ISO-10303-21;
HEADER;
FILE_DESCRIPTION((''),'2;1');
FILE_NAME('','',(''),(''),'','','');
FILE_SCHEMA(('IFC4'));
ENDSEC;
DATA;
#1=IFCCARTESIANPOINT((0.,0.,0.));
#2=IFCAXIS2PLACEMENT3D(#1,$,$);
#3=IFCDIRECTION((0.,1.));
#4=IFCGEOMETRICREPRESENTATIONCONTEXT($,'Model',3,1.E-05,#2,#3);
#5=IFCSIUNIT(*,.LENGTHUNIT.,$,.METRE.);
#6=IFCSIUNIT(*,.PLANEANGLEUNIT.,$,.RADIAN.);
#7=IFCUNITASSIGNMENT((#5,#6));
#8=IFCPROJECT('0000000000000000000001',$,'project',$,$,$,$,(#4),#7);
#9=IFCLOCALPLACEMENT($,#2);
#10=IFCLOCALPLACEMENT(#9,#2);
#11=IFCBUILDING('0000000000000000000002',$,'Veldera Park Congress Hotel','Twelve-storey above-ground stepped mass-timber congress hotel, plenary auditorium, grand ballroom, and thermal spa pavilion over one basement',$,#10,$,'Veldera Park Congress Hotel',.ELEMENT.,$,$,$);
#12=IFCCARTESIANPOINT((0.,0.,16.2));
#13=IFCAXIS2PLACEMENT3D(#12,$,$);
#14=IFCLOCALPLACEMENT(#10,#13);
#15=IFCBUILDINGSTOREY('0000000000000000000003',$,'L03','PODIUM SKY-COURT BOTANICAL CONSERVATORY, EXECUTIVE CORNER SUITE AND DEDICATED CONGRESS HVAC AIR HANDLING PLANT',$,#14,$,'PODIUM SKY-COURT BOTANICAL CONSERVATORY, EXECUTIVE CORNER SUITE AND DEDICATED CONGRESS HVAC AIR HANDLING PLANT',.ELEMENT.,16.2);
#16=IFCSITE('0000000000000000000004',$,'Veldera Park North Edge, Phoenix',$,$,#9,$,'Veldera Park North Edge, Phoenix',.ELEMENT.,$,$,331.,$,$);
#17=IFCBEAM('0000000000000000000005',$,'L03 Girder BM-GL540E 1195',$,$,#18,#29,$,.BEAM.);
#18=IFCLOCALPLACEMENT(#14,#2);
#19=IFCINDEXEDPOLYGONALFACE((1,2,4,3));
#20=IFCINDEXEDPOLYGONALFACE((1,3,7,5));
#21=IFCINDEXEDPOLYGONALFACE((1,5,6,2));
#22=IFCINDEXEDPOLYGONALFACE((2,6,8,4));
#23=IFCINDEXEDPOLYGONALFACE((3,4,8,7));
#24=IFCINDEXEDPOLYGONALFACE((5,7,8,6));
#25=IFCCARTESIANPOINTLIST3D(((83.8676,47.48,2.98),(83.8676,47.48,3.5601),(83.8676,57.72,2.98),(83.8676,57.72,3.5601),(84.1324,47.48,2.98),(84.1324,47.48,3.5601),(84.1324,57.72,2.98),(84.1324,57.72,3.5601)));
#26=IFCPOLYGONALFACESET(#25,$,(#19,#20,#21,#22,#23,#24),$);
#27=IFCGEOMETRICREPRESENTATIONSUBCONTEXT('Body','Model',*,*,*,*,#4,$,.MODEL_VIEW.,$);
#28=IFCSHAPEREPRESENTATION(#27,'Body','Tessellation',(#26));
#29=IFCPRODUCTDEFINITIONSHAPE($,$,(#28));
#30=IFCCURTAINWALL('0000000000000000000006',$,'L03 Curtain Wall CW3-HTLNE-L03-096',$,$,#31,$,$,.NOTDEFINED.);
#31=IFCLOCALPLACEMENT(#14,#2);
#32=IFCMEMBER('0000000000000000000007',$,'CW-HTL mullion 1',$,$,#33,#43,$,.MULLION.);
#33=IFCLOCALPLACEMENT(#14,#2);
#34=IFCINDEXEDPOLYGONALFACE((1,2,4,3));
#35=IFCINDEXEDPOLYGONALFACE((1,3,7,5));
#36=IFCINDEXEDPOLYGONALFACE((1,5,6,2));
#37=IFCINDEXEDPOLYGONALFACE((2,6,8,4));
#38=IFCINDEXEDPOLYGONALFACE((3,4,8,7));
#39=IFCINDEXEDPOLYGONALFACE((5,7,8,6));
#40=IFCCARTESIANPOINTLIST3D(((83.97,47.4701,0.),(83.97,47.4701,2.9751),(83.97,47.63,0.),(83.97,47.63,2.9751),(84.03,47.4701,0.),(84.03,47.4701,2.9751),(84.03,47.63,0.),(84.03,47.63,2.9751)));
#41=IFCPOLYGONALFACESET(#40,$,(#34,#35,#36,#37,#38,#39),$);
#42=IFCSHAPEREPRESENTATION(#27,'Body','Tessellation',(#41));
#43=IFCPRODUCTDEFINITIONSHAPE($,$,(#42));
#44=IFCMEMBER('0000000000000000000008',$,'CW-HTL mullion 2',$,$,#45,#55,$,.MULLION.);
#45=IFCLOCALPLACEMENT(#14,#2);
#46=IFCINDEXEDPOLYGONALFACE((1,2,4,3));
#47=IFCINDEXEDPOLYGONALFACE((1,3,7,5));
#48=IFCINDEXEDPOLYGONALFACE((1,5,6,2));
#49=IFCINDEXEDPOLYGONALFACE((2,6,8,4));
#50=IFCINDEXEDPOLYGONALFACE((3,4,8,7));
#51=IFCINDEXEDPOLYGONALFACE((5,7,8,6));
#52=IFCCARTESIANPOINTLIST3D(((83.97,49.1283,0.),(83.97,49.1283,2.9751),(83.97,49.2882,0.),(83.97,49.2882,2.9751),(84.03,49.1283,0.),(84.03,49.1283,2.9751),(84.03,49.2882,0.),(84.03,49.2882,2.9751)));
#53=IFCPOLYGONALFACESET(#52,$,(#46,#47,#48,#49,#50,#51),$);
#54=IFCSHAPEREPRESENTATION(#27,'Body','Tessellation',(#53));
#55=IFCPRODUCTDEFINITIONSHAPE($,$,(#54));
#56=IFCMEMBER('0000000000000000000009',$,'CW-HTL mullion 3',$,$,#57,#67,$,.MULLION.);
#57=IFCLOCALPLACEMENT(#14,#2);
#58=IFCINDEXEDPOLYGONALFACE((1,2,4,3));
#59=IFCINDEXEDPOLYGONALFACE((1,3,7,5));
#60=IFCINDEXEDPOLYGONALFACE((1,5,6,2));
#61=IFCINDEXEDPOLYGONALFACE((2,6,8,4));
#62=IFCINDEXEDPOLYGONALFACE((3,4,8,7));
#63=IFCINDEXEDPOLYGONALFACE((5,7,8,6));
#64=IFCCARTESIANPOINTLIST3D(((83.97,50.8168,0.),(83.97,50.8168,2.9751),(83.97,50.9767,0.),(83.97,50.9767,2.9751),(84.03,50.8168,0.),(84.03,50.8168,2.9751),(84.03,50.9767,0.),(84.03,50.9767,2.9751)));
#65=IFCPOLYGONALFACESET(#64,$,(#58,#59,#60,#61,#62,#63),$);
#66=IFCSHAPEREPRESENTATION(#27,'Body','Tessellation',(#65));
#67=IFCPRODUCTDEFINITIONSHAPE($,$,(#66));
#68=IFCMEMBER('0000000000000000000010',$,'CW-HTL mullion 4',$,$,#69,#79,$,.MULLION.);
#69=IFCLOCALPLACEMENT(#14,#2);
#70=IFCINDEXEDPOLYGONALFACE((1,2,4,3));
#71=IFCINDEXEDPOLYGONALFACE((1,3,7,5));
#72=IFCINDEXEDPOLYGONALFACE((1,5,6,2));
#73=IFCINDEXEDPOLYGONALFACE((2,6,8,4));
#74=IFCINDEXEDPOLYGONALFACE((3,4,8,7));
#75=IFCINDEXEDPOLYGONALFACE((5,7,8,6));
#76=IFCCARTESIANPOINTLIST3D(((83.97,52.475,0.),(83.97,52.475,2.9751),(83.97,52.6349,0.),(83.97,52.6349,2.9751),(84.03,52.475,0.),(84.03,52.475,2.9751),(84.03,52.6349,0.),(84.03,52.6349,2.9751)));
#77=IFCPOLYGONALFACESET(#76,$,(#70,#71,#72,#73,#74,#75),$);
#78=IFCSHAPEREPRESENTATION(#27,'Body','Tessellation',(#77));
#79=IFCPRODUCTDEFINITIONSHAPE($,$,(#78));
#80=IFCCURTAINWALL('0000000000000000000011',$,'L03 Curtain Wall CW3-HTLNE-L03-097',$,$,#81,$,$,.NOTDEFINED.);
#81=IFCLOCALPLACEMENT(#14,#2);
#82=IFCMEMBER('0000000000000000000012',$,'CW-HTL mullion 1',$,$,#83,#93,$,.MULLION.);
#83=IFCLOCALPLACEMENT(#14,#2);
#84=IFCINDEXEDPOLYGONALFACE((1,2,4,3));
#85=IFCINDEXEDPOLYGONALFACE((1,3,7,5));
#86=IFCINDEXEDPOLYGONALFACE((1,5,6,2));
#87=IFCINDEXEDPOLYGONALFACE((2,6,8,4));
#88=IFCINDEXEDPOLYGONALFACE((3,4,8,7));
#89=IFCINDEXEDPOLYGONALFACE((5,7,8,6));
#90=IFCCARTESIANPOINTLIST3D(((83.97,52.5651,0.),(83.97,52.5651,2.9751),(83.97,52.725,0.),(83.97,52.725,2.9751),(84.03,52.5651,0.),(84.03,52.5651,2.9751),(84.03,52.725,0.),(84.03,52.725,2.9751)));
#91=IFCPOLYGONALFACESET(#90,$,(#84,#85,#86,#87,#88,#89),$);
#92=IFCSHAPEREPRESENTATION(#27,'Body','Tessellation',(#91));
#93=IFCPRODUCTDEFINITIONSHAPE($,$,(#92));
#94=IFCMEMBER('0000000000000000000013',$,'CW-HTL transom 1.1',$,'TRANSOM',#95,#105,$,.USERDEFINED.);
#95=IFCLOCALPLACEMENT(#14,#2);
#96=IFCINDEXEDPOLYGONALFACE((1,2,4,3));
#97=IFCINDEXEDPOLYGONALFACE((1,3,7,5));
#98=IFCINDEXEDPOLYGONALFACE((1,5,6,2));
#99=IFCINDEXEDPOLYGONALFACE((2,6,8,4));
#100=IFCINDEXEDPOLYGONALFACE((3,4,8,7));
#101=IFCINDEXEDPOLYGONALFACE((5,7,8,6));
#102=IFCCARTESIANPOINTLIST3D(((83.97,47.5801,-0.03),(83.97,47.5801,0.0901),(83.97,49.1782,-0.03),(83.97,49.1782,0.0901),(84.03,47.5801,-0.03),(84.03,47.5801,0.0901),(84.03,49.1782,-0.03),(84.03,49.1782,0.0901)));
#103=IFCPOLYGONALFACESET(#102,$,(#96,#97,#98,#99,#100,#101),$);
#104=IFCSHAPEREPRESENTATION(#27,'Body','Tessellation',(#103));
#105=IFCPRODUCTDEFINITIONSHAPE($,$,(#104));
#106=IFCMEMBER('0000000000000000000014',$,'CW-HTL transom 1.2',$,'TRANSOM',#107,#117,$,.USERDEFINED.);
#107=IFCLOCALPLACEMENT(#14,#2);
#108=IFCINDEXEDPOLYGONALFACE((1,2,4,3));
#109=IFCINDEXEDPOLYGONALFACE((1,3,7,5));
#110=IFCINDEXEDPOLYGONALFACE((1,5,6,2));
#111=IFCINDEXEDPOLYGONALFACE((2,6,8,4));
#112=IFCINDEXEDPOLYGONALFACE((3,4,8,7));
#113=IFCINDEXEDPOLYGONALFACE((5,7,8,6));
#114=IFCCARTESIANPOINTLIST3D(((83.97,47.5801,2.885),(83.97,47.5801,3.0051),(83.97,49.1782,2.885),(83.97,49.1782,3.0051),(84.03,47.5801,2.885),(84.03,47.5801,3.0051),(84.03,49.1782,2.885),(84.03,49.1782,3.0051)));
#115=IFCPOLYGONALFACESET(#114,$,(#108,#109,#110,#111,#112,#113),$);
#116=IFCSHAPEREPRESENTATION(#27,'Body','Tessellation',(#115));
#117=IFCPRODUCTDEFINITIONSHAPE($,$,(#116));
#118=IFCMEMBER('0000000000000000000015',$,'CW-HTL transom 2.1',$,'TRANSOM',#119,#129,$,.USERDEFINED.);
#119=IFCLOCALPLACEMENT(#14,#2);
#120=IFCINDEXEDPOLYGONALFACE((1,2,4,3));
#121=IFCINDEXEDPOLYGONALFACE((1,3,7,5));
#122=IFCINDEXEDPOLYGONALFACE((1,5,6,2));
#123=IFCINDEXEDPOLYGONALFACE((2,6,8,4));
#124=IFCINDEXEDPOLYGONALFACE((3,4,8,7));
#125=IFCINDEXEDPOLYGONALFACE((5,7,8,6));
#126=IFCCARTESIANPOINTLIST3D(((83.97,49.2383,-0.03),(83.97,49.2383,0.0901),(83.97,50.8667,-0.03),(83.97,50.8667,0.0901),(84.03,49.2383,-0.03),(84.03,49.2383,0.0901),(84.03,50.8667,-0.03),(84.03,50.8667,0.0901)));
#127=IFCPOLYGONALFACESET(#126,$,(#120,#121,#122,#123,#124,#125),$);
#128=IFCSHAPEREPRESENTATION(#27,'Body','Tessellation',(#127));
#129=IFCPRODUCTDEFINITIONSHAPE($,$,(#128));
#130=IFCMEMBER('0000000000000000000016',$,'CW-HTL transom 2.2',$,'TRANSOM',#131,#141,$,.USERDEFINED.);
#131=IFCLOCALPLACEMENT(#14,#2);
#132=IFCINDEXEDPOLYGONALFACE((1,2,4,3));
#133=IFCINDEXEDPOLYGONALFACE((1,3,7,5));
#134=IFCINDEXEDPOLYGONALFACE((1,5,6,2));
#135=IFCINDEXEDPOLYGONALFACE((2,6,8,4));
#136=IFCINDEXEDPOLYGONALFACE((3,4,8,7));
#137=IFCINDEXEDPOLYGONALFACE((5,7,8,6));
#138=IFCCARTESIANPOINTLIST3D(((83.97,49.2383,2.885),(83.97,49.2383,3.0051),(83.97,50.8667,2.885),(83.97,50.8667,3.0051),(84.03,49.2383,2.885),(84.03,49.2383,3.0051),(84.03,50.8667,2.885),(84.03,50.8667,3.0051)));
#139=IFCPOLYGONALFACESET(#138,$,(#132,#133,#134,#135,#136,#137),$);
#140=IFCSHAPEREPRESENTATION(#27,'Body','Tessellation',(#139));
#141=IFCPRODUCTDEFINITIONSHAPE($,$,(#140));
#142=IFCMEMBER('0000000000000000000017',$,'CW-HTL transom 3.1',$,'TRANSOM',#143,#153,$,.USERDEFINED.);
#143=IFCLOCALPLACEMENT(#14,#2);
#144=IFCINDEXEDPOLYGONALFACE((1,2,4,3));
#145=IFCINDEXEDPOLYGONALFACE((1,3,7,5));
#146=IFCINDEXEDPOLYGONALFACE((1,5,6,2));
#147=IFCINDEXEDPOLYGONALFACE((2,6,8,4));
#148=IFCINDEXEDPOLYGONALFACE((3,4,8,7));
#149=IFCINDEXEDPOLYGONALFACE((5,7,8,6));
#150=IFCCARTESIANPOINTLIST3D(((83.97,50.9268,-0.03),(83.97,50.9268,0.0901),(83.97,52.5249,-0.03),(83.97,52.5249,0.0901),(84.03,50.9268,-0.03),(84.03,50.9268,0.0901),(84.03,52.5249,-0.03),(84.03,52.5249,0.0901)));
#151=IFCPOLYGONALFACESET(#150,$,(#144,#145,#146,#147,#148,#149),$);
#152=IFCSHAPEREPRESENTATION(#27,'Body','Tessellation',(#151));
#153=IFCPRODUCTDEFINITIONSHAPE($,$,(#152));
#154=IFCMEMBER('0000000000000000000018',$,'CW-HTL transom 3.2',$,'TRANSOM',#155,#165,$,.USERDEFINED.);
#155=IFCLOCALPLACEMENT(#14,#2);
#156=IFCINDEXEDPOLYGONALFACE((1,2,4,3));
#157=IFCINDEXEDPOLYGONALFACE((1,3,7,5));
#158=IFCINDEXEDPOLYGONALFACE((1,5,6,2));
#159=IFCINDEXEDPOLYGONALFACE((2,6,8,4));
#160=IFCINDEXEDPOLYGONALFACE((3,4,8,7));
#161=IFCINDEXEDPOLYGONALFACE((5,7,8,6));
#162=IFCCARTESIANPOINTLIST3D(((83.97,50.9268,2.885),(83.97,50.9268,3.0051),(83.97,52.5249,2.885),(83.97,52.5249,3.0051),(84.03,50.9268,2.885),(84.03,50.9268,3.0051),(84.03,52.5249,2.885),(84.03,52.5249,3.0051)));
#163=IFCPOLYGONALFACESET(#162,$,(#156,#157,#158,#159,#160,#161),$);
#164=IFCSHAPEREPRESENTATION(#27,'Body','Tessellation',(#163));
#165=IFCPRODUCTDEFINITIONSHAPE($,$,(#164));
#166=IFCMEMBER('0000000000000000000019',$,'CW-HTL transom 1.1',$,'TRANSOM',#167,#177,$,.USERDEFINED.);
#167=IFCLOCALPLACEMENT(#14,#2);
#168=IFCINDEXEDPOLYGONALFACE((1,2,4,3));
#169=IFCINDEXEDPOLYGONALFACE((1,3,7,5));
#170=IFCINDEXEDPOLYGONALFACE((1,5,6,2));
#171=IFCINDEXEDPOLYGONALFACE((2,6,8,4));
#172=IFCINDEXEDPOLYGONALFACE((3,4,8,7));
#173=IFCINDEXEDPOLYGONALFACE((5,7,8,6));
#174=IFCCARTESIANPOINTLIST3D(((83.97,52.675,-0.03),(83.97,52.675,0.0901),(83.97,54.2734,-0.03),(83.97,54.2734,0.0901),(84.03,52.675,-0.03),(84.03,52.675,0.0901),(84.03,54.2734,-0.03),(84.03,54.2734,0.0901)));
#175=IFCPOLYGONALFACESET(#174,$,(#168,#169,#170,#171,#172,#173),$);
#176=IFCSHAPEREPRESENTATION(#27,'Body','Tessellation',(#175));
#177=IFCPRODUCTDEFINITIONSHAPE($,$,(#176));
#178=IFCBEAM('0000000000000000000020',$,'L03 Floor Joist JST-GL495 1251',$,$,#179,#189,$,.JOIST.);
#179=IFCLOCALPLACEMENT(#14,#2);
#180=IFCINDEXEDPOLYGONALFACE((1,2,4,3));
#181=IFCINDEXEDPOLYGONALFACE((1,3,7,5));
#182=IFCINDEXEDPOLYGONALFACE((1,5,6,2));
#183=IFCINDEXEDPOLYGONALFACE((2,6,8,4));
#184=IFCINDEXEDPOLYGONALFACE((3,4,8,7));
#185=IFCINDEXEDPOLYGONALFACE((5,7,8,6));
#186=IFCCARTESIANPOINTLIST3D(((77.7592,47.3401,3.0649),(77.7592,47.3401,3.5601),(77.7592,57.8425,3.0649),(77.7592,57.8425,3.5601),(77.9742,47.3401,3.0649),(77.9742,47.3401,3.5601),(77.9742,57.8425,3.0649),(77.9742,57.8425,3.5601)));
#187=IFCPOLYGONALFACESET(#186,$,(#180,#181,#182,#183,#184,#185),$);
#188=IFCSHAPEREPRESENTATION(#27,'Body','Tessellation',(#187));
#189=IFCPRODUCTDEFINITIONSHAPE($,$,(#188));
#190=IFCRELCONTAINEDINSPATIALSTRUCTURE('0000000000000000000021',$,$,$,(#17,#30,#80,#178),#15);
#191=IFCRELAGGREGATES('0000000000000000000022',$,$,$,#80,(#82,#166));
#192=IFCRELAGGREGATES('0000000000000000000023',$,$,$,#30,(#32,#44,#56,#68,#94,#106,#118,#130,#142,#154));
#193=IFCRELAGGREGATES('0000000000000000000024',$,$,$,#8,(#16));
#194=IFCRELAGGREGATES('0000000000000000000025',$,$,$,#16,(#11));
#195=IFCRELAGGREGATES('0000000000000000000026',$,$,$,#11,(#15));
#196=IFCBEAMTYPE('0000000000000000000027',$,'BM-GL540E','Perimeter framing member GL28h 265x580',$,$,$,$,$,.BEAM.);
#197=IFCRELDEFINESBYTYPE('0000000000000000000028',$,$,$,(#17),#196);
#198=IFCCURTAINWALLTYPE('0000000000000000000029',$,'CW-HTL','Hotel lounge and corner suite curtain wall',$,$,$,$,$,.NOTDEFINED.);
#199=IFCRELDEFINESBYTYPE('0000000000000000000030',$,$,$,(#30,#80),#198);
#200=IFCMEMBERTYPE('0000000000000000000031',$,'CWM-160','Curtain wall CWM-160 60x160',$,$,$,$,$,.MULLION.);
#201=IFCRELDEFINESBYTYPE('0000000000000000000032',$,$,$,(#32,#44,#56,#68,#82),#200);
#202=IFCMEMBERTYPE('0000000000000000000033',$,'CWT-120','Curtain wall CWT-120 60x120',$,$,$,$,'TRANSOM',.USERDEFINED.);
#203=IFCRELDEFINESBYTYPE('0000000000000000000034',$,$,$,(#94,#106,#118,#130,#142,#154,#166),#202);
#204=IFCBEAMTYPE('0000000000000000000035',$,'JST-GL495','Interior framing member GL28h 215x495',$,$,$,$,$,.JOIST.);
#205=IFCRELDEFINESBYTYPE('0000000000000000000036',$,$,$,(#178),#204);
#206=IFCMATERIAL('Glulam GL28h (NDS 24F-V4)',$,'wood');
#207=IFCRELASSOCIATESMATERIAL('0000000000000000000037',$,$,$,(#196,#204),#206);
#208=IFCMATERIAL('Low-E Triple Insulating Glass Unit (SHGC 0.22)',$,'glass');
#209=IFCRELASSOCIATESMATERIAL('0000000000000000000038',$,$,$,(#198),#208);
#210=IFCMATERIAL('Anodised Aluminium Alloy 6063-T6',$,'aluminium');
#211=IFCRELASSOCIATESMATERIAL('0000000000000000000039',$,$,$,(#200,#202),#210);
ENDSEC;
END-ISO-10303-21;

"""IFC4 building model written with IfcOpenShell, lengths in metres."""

from ifc_helpers import new_model, si_unit, direction, frame, origin, origin_2d, place, context, subcontext, project, spatial, rectangle, extrude, material, material_profile, profile_set, type_object, element, aggregate, save


model = new_model("IFC4")

# Units and contexts
model_context = context("Model", 3, precision=1e-05, world=origin(), true_north=direction((0.0, 1.0)))
body_context = subcontext(model_context, "Body", "Model", "MODEL_VIEW")
ifc_project = project(units=[si_unit("LENGTHUNIT", "METRE"), si_unit("PLANEANGLEUNIT", "RADIAN")], contexts=[model_context])

# Site, building, storey
site_placement = place(None, origin())
site = spatial("IfcSite", under=ifc_project, at=site_placement, Name="Veldera Park North Edge, Phoenix", LongName="Veldera Park North Edge, Phoenix", CompositionType="ELEMENT", RefElevation=331.0)
building_placement = place(site_placement, origin())
building = spatial("IfcBuilding", under=site, at=building_placement, Name="Veldera Park Congress Hotel", Description="Twelve-storey above-ground stepped mass-timber congress hotel, plenary auditorium, grand ballroom, and thermal spa pavilion over one basement", LongName="Veldera Park Congress Hotel", CompositionType="ELEMENT")
storey_placement = place(building_placement, frame((0.0, 0.0, 16.2)))
storey = spatial("IfcBuildingStorey", under=building, at=storey_placement, Name="L03", Description="PODIUM SKY-COURT BOTANICAL CONSERVATORY, EXECUTIVE CORNER SUITE AND DEDICATED CONGRESS HVAC AIR HANDLING PLANT", LongName="PODIUM SKY-COURT BOTANICAL CONSERVATORY, EXECUTIVE CORNER SUITE AND DEDICATED CONGRESS HVAC AIR HANDLING PLANT", CompositionType="ELEMENT", Elevation=16.2)

# Beam
ifc_material_1 = material(Name="Glulam GL28h (NDS 24F-V4)", Category="wood")
ifc_material_profile_1 = material_profile(ifc_material_1, rectangle(XDim=0.2649, YDim=0.5801, at=origin_2d()), Name="GL28h 265x580")
ifc_profile_set_1 = profile_set([ifc_material_profile_1], Name="Glulam GL28h (NDS 24F-V4)")
beam_type_1 = type_object("IfcBeamType", Name="BM-GL540E", Description="Perimeter framing member GL28h 265x580", PredefinedType="BEAM", material=ifc_profile_set_1)
beam_placement = place(storey_placement, frame((84.0, 47.48, 3.27), z_axis=(0.0, 1.0, 0.0), x_axis=(-1.0, 0.0, 0.0)))
element("IfcBeam", 1, at=beam_placement, inside=storey, type_object=beam_type_1, Name="L03 Girder BM-GL540E 1195", PredefinedType="BEAM", context=body_context, shape_type="SweptSolid", body=[
    extrude(rectangle(XDim=0.2649, YDim=0.5801, at=origin_2d()), origin(), (0.0, 0.0, 1.0), 10.24),
])

# Curtain wall, members
ifc_material_2 = material(Name="Low-E Triple Insulating Glass Unit (SHGC 0.22)", Category="glass")
curtain_wall_type = type_object("IfcCurtainWallType", Name="CW-HTL", Description="Hotel lounge and corner suite curtain wall", PredefinedType="NOTDEFINED", material=ifc_material_2)
curtain_wall_1_placement = place(storey_placement, origin())
curtain_wall_1 = element("IfcCurtainWall", 2, at=curtain_wall_1_placement, inside=storey, type_object=curtain_wall_type, Name="L03 Curtain Wall CW3-HTLNE-L03-096", PredefinedType="NOTDEFINED")
ifc_material_3 = material(Name="Anodised Aluminium Alloy 6063-T6", Category="aluminium")
ifc_material_profile_2 = material_profile(ifc_material_3, rectangle(XDim=0.0601, YDim=0.1599, at=origin_2d()), Name="ALU 60x160")
ifc_profile_set_2 = profile_set([ifc_material_profile_2], Name="Anodised Aluminium Alloy 6063-T6")
member_type_1 = type_object("IfcMemberType", Name="CWM-160", Description="Curtain wall CWM-160 60x160", PredefinedType="MULLION", material=ifc_profile_set_2)
member_1_placement = place(storey_placement, frame((84.0, 47.55, 0.0), z_axis=(0.0, 0.0, 1.0), x_axis=(-1.0, 0.0, 0.0)))
member_1 = element("IfcMember", 3, at=member_1_placement, type_object=member_type_1, Name="CW-HTL mullion 1", PredefinedType="MULLION", context=body_context, shape_type="SweptSolid", body=[
    extrude(rectangle(XDim=0.0601, YDim=0.1599, at=origin_2d()), origin(), (0.0, 0.0, 1.0), 2.9751),
])
member_2_placement = place(storey_placement, frame((84.0, 49.2083, 0.0), z_axis=(0.0, 0.0, 1.0), x_axis=(-1.0, 0.0, 0.0)))
member_2 = element("IfcMember", 4, at=member_2_placement, type_object=member_type_1, Name="CW-HTL mullion 2", PredefinedType="MULLION", context=body_context, shape_type="SweptSolid", body=[
    extrude(rectangle(XDim=0.0601, YDim=0.1599, at=origin_2d()), origin(), (0.0, 0.0, 1.0), 2.9751),
])
member_3_placement = place(storey_placement, frame((84.0, 50.8967, 0.0), z_axis=(0.0, 0.0, 1.0), x_axis=(-1.0, 0.0, 0.0)))
member_3 = element("IfcMember", 5, at=member_3_placement, type_object=member_type_1, Name="CW-HTL mullion 3", PredefinedType="MULLION", context=body_context, shape_type="SweptSolid", body=[
    extrude(rectangle(XDim=0.0601, YDim=0.1599, at=origin_2d()), origin(), (0.0, 0.0, 1.0), 2.9751),
])
member_4_placement = place(storey_placement, frame((84.0, 52.5549, 0.0), z_axis=(0.0, 0.0, 1.0), x_axis=(-1.0, 0.0, 0.0)))
member_4 = element("IfcMember", 6, at=member_4_placement, type_object=member_type_1, Name="CW-HTL mullion 4", PredefinedType="MULLION", context=body_context, shape_type="SweptSolid", body=[
    extrude(rectangle(XDim=0.0601, YDim=0.1599, at=origin_2d()), origin(), (0.0, 0.0, 1.0), 2.9751),
])

# Curtain wall, member
curtain_wall_2_placement = place(storey_placement, origin())
curtain_wall_2 = element("IfcCurtainWall", 7, at=curtain_wall_2_placement, inside=storey, type_object=curtain_wall_type, Name="L03 Curtain Wall CW3-HTLNE-L03-097", PredefinedType="NOTDEFINED")
member_5_placement = place(storey_placement, frame((84.0, 52.645, 0.0), z_axis=(0.0, 0.0, 1.0), x_axis=(-1.0, 0.0, 0.0)))
member_5 = element("IfcMember", 8, at=member_5_placement, type_object=member_type_1, Name="CW-HTL mullion 1", PredefinedType="MULLION", context=body_context, shape_type="SweptSolid", body=[
    extrude(rectangle(XDim=0.0601, YDim=0.1599, at=origin_2d()), origin(), (0.0, 0.0, 1.0), 2.9751),
])

# Members
ifc_material_profile_3 = material_profile(ifc_material_3, rectangle(XDim=0.0601, YDim=0.1201, at=origin_2d()), Name="ALU 60x120")
ifc_profile_set_3 = profile_set([ifc_material_profile_3], Name="Anodised Aluminium Alloy 6063-T6")
member_type_2 = type_object("IfcMemberType", Name="CWT-120", Description="Curtain wall CWT-120 60x120", ElementType="TRANSOM", PredefinedType="USERDEFINED", material=ifc_profile_set_3)
member_6_placement = place(storey_placement, frame((84.0, 47.5801, 0.03), z_axis=(0.0, 1.0, 0.0), x_axis=(-1.0, 0.0, 0.0)))
member_6 = element("IfcMember", 9, at=member_6_placement, type_object=member_type_2, Name="CW-HTL transom 1.1", ObjectType="TRANSOM", PredefinedType="USERDEFINED", context=body_context, shape_type="SweptSolid", body=[
    extrude(rectangle(XDim=0.0601, YDim=0.1201, at=origin_2d()), origin(), (0.0, 0.0, 1.0), 1.5981),
])
member_7_placement = place(storey_placement, frame((84.0, 47.5801, 2.9451), z_axis=(0.0, 1.0, 0.0), x_axis=(-1.0, 0.0, 0.0)))
member_7 = element("IfcMember", 10, at=member_7_placement, type_object=member_type_2, Name="CW-HTL transom 1.2", ObjectType="TRANSOM", PredefinedType="USERDEFINED", context=body_context, shape_type="SweptSolid", body=[
    extrude(rectangle(XDim=0.0601, YDim=0.1201, at=origin_2d()), origin(), (0.0, 0.0, 1.0), 1.5981),
])
member_8_placement = place(storey_placement, frame((84.0, 49.2383, 0.03), z_axis=(0.0, 1.0, 0.0), x_axis=(-1.0, 0.0, 0.0)))
member_8 = element("IfcMember", 11, at=member_8_placement, type_object=member_type_2, Name="CW-HTL transom 2.1", ObjectType="TRANSOM", PredefinedType="USERDEFINED", context=body_context, shape_type="SweptSolid", body=[
    extrude(rectangle(XDim=0.0601, YDim=0.1201, at=origin_2d()), origin(), (0.0, 0.0, 1.0), 1.6284),
])
member_9_placement = place(storey_placement, frame((84.0, 49.2383, 2.9451), z_axis=(0.0, 1.0, 0.0), x_axis=(-1.0, 0.0, 0.0)))
member_9 = element("IfcMember", 12, at=member_9_placement, type_object=member_type_2, Name="CW-HTL transom 2.2", ObjectType="TRANSOM", PredefinedType="USERDEFINED", context=body_context, shape_type="SweptSolid", body=[
    extrude(rectangle(XDim=0.0601, YDim=0.1201, at=origin_2d()), origin(), (0.0, 0.0, 1.0), 1.6284),
])
member_10_placement = place(storey_placement, frame((84.0, 50.9268, 0.03), z_axis=(0.0, 1.0, 0.0), x_axis=(-1.0, 0.0, 0.0)))
member_10 = element("IfcMember", 13, at=member_10_placement, type_object=member_type_2, Name="CW-HTL transom 3.1", ObjectType="TRANSOM", PredefinedType="USERDEFINED", context=body_context, shape_type="SweptSolid", body=[
    extrude(rectangle(XDim=0.0601, YDim=0.1201, at=origin_2d()), origin(), (0.0, 0.0, 1.0), 1.5981),
])
member_11_placement = place(storey_placement, frame((84.0, 50.9268, 2.9451), z_axis=(0.0, 1.0, 0.0), x_axis=(-1.0, 0.0, 0.0)))
member_11 = element("IfcMember", 14, at=member_11_placement, type_object=member_type_2, Name="CW-HTL transom 3.2", ObjectType="TRANSOM", PredefinedType="USERDEFINED", context=body_context, shape_type="SweptSolid", body=[
    extrude(rectangle(XDim=0.0601, YDim=0.1201, at=origin_2d()), origin(), (0.0, 0.0, 1.0), 1.5981),
])
member_12_placement = place(storey_placement, frame((84.0, 52.675, 0.03), z_axis=(0.0, 1.0, 0.0), x_axis=(-1.0, 0.0, 0.0)))
member_12 = element("IfcMember", 15, at=member_12_placement, type_object=member_type_2, Name="CW-HTL transom 1.1", ObjectType="TRANSOM", PredefinedType="USERDEFINED", context=body_context, shape_type="SweptSolid", body=[
    extrude(rectangle(XDim=0.0601, YDim=0.1201, at=origin_2d()), origin(), (0.0, 0.0, 1.0), 1.5984),
])
aggregate(curtain_wall_2, [member_5, member_12])

# Beam
ifc_material_profile_4 = material_profile(ifc_material_1, rectangle(XDim=0.2151, YDim=0.4951, at=origin_2d()), Name="GL28h 215x495")
ifc_profile_set_4 = profile_set([ifc_material_profile_4], Name="Glulam GL28h (NDS 24F-V4)")
beam_type_2 = type_object("IfcBeamType", Name="JST-GL495", Description="Interior framing member GL28h 215x495", PredefinedType="JOIST", material=ifc_profile_set_4)
for number, where, z_axis, x_axis, name in (
    (16, (77.8667, 47.3401, 3.3125), (0.0, 1.0, 0.0), (-1.0, 0.0, 0.0), "L03 Floor Joist JST-GL495 1251"),
):
    element("IfcBeam", number, at=place(storey_placement, frame(where, z_axis=z_axis, x_axis=x_axis)), inside=storey, type_object=beam_type_2, Name=name, PredefinedType="JOIST", context=body_context, shape_type="SweptSolid", body=[
        extrude(rectangle(XDim=0.2151, YDim=0.4951, at=origin_2d()), origin(), (0.0, 0.0, 1.0), 10.5024),
    ])

aggregate(curtain_wall_1, [member_1, member_2, member_3, member_4, member_6, member_7, member_8, member_9, member_10, member_11])

save(model, "model.ifc")
